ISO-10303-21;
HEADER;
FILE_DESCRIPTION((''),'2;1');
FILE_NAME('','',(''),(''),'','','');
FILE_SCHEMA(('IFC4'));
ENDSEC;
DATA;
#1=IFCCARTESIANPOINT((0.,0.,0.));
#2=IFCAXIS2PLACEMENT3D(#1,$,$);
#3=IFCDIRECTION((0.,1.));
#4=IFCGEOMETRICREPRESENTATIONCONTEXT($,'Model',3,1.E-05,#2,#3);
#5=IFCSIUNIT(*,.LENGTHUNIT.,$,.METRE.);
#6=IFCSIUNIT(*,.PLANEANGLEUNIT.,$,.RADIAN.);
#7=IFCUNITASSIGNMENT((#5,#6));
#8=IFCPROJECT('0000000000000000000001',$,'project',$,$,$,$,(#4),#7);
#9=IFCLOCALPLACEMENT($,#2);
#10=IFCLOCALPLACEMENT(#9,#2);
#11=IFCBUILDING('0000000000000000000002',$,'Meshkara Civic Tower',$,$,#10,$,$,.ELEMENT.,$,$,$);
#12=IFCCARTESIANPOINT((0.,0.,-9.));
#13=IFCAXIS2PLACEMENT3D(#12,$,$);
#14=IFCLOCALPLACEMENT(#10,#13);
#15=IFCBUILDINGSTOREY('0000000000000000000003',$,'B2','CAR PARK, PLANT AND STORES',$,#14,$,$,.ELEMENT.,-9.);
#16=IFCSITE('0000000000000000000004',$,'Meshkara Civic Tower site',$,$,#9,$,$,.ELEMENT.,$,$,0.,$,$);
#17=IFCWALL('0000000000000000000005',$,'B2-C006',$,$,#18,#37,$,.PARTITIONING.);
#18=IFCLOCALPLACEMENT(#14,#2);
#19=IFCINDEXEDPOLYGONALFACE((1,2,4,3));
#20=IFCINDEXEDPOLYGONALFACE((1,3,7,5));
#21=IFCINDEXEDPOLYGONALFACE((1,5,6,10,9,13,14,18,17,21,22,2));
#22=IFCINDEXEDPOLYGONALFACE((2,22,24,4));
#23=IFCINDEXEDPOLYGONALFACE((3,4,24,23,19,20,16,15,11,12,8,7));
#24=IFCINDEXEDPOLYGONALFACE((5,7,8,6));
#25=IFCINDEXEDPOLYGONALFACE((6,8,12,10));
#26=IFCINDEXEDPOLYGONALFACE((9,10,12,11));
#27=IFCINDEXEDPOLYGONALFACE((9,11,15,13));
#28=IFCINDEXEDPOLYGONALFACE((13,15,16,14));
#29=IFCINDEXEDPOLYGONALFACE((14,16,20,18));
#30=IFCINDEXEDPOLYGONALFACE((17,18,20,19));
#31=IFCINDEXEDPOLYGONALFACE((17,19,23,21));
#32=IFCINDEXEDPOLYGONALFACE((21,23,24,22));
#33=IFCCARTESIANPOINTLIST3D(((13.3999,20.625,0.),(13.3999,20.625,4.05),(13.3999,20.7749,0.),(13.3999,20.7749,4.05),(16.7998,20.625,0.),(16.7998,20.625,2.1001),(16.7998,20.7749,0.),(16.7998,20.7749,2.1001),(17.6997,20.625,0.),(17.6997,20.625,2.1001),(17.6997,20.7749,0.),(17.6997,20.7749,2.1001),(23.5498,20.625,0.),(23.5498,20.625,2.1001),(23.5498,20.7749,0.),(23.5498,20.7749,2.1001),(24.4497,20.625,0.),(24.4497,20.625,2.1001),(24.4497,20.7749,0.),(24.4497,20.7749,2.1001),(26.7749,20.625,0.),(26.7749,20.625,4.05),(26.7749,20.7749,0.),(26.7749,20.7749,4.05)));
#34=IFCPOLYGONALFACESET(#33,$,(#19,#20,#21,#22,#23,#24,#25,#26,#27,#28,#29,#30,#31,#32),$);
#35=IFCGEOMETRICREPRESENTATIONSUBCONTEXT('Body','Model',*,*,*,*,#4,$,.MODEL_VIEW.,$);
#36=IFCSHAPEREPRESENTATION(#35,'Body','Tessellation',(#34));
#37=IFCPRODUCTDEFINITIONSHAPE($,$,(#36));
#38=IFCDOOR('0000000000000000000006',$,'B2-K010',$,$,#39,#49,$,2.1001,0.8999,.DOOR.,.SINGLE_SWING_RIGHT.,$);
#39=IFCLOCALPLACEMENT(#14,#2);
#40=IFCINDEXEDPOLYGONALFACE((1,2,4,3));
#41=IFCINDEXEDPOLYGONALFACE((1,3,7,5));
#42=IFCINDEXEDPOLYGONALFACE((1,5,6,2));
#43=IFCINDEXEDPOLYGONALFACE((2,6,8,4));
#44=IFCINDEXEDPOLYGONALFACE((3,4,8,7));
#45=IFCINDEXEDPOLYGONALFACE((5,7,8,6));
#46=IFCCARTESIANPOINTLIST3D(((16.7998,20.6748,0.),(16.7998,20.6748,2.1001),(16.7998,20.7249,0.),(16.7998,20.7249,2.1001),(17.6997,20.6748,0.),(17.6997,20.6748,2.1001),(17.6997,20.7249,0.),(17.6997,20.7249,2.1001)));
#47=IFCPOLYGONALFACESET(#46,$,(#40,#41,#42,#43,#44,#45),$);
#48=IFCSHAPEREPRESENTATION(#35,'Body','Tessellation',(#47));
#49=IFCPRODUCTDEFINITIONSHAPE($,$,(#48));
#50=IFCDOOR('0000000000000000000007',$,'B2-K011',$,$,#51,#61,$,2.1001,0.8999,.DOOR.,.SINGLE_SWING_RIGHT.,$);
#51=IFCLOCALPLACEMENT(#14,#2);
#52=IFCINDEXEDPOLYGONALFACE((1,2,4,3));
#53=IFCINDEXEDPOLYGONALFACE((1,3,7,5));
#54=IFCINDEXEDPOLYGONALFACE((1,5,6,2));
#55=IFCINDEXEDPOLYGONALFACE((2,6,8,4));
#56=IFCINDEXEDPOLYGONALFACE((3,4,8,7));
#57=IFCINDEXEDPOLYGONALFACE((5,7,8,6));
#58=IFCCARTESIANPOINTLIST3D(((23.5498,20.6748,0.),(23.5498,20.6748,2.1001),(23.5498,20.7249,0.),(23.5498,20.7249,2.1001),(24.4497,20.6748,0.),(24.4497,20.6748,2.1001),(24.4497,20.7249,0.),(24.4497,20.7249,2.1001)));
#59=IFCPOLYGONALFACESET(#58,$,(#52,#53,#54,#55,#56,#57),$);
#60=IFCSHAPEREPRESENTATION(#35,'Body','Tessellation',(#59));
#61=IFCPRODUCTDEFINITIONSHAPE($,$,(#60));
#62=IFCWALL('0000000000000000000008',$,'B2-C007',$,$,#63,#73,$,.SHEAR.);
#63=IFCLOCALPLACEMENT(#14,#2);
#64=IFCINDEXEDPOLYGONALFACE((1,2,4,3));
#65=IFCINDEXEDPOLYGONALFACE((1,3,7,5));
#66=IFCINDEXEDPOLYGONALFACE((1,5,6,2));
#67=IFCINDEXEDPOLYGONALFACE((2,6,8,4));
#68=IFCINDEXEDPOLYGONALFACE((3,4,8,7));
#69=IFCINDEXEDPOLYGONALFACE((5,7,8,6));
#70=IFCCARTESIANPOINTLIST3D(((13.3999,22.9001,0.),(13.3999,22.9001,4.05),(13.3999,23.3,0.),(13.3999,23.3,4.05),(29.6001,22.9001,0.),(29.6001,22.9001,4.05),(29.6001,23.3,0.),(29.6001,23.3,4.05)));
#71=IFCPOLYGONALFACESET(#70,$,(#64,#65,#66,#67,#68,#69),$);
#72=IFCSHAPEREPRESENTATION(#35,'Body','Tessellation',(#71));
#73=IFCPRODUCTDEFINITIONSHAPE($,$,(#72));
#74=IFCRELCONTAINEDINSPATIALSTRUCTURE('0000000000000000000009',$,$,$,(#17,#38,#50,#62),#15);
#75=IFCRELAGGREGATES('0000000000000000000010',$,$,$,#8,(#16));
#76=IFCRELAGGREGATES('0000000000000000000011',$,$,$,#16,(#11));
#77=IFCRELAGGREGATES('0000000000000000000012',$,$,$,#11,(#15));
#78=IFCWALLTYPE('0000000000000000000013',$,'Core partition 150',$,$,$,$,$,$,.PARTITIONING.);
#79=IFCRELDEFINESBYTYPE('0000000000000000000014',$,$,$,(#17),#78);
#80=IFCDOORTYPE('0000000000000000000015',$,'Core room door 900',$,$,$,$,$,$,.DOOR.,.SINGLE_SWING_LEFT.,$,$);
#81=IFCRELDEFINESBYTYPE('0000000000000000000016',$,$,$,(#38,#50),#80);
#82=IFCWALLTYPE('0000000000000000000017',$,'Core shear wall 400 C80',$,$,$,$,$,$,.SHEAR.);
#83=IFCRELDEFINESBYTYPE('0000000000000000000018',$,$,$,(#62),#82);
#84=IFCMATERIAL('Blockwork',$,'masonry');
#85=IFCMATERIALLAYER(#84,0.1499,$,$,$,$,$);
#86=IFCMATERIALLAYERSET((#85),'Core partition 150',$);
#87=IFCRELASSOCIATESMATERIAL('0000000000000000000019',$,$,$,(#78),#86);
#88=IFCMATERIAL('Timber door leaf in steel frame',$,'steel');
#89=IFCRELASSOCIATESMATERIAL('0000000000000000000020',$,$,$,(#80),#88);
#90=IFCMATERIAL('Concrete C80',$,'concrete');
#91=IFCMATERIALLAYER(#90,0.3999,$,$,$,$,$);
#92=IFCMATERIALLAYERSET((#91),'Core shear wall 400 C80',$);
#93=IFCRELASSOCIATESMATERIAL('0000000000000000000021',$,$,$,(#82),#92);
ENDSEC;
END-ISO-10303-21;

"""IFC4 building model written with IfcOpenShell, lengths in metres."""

from ifc_helpers import new_model, si_unit, direction, frame, frame_2d, origin, place, context, subcontext, project, spatial, rectangle, extrude, material, layer, layer_set, type_object, element, fill, save


model = new_model("IFC4")

# Units and contexts
model_context = context("Model", 3, precision=1e-05, world=origin(), true_north=direction((0.0, 1.0)))
body_context = subcontext(model_context, "Body", "Model", "MODEL_VIEW")
ifc_project = project(units=[si_unit("LENGTHUNIT", "METRE"), si_unit("PLANEANGLEUNIT", "RADIAN")], contexts=[model_context])

# Site, building, storey
site_placement = place(None, origin())
site = spatial("IfcSite", under=ifc_project, at=site_placement, Name="Meshkara Civic Tower site", CompositionType="ELEMENT", RefElevation=0.0)
building_placement = place(site_placement, origin())
building = spatial("IfcBuilding", under=site, at=building_placement, Name="Meshkara Civic Tower", CompositionType="ELEMENT")
storey_placement = place(building_placement, frame((0.0, 0.0, -9.0)))
storey = spatial("IfcBuildingStorey", under=building, at=storey_placement, Name="B2", Description="CAR PARK, PLANT AND STORES", CompositionType="ELEMENT", Elevation=-9.0)

# Wall, openings, doors
ifc_material_1 = material(Name="Blockwork", Category="masonry")
ifc_layer_1 = layer(ifc_material_1, 0.1499)
ifc_layer_set_1 = layer_set([ifc_layer_1], Name="Core partition 150")
wall_type_1 = type_object("IfcWallType", Name="Core partition 150", PredefinedType="PARTITIONING", material=ifc_layer_set_1)
wall_1_placement = place(storey_placement, frame((13.3999, 20.7, 0.0), z_axis=(0.0, 0.0, 1.0), x_axis=(1.0, 0.0, 0.0)))
wall_1 = element("IfcWall", 1, at=wall_1_placement, inside=storey, type_object=wall_type_1, Name="B2-C006", PredefinedType="PARTITIONING", context=body_context, shape_type="SweptSolid", body=[
    extrude(rectangle(XDim=13.375, YDim=0.1499, at=frame_2d((6.6875, 0.0))), origin(), (0.0, 0.0, 1.0), 4.05),
])
opening_1_placement = place(wall_1_placement, frame((3.3999, 0.0, 0.0)))
opening_1 = element("IfcOpeningElement", 2, at=opening_1_placement, cuts=wall_1, PredefinedType="OPENING", context=body_context, shape_type="SweptSolid", body=[
    extrude(rectangle(XDim=0.8999, YDim=2.1001, at=frame_2d((0.45, 1.05))), frame((0.0, 0.085, 0.0), z_axis=(0.0, -1.0, 0.0), x_axis=(1.0, 0.0, 0.0)), (0.0, 0.0, 1.0), 0.1699),
])
opening_2_placement = place(wall_1_placement, frame((10.1499, 0.0, 0.0)))
opening_2 = element("IfcOpeningElement", 3, at=opening_2_placement, cuts=wall_1, PredefinedType="OPENING", context=body_context, shape_type="SweptSolid", body=[
    extrude(rectangle(XDim=0.8999, YDim=2.1001, at=frame_2d((0.45, 1.05))), frame((0.0, 0.085, 0.0), z_axis=(0.0, -1.0, 0.0), x_axis=(1.0, 0.0, 0.0)), (0.0, 0.0, 1.0), 0.1699),
])
ifc_material_2 = material(Name="Timber door leaf in steel frame", Category="steel")
door_type_1 = type_object("IfcDoorType", Name="Core room door 900", OperationType="SINGLE_SWING_LEFT", PredefinedType="DOOR", material=ifc_material_2)
door_1_placement = place(opening_1_placement, origin())
door_1 = element("IfcDoor", 4, at=door_1_placement, inside=storey, type_object=door_type_1, Name="B2-K010", OperationType="SINGLE_SWING_RIGHT", OverallHeight=2.1001, OverallWidth=0.8999, PredefinedType="DOOR", context=body_context, shape_type="SweptSolid", body=[
    extrude(rectangle(XDim=0.8999, YDim=2.1001, at=frame_2d((0.45, 1.05))), frame((0.0, 0.0249, 0.0), z_axis=(0.0, -1.0, 0.0), x_axis=(1.0, 0.0, 0.0)), (0.0, 0.0, 1.0), 0.05),
])
fill(opening_1, door_1)
door_2_placement = place(opening_2_placement, origin())
door_2 = element("IfcDoor", 5, at=door_2_placement, inside=storey, type_object=door_type_1, Name="B2-K011", OperationType="SINGLE_SWING_RIGHT", OverallHeight=2.1001, OverallWidth=0.8999, PredefinedType="DOOR", context=body_context, shape_type="SweptSolid", body=[
    extrude(rectangle(XDim=0.8999, YDim=2.1001, at=frame_2d((0.45, 1.05))), frame((0.0, 0.0249, 0.0), z_axis=(0.0, -1.0, 0.0), x_axis=(1.0, 0.0, 0.0)), (0.0, 0.0, 1.0), 0.05),
])
fill(opening_2, door_2)

# Wall
ifc_material_3 = material(Name="Concrete C80", Category="concrete")
ifc_layer_2 = layer(ifc_material_3, 0.3999)
ifc_layer_set_2 = layer_set([ifc_layer_2], Name="Core shear wall 400 C80")
wall_type_2 = type_object("IfcWallType", Name="Core shear wall 400 C80", PredefinedType="SHEAR", material=ifc_layer_set_2)
wall_2_placement = place(storey_placement, frame((13.3999, 23.1001, 0.0), z_axis=(0.0, 0.0, 1.0), x_axis=(1.0, 0.0, 0.0)))
element("IfcWall", 6, at=wall_2_placement, inside=storey, type_object=wall_type_2, Name="B2-C007", PredefinedType="SHEAR", context=body_context, shape_type="SweptSolid", body=[
    extrude(rectangle(XDim=16.2002, YDim=0.3999, at=frame_2d((8.1001, 0.0))), origin(), (0.0, 0.0, 1.0), 4.05),
])

save(model, "model.ifc")
